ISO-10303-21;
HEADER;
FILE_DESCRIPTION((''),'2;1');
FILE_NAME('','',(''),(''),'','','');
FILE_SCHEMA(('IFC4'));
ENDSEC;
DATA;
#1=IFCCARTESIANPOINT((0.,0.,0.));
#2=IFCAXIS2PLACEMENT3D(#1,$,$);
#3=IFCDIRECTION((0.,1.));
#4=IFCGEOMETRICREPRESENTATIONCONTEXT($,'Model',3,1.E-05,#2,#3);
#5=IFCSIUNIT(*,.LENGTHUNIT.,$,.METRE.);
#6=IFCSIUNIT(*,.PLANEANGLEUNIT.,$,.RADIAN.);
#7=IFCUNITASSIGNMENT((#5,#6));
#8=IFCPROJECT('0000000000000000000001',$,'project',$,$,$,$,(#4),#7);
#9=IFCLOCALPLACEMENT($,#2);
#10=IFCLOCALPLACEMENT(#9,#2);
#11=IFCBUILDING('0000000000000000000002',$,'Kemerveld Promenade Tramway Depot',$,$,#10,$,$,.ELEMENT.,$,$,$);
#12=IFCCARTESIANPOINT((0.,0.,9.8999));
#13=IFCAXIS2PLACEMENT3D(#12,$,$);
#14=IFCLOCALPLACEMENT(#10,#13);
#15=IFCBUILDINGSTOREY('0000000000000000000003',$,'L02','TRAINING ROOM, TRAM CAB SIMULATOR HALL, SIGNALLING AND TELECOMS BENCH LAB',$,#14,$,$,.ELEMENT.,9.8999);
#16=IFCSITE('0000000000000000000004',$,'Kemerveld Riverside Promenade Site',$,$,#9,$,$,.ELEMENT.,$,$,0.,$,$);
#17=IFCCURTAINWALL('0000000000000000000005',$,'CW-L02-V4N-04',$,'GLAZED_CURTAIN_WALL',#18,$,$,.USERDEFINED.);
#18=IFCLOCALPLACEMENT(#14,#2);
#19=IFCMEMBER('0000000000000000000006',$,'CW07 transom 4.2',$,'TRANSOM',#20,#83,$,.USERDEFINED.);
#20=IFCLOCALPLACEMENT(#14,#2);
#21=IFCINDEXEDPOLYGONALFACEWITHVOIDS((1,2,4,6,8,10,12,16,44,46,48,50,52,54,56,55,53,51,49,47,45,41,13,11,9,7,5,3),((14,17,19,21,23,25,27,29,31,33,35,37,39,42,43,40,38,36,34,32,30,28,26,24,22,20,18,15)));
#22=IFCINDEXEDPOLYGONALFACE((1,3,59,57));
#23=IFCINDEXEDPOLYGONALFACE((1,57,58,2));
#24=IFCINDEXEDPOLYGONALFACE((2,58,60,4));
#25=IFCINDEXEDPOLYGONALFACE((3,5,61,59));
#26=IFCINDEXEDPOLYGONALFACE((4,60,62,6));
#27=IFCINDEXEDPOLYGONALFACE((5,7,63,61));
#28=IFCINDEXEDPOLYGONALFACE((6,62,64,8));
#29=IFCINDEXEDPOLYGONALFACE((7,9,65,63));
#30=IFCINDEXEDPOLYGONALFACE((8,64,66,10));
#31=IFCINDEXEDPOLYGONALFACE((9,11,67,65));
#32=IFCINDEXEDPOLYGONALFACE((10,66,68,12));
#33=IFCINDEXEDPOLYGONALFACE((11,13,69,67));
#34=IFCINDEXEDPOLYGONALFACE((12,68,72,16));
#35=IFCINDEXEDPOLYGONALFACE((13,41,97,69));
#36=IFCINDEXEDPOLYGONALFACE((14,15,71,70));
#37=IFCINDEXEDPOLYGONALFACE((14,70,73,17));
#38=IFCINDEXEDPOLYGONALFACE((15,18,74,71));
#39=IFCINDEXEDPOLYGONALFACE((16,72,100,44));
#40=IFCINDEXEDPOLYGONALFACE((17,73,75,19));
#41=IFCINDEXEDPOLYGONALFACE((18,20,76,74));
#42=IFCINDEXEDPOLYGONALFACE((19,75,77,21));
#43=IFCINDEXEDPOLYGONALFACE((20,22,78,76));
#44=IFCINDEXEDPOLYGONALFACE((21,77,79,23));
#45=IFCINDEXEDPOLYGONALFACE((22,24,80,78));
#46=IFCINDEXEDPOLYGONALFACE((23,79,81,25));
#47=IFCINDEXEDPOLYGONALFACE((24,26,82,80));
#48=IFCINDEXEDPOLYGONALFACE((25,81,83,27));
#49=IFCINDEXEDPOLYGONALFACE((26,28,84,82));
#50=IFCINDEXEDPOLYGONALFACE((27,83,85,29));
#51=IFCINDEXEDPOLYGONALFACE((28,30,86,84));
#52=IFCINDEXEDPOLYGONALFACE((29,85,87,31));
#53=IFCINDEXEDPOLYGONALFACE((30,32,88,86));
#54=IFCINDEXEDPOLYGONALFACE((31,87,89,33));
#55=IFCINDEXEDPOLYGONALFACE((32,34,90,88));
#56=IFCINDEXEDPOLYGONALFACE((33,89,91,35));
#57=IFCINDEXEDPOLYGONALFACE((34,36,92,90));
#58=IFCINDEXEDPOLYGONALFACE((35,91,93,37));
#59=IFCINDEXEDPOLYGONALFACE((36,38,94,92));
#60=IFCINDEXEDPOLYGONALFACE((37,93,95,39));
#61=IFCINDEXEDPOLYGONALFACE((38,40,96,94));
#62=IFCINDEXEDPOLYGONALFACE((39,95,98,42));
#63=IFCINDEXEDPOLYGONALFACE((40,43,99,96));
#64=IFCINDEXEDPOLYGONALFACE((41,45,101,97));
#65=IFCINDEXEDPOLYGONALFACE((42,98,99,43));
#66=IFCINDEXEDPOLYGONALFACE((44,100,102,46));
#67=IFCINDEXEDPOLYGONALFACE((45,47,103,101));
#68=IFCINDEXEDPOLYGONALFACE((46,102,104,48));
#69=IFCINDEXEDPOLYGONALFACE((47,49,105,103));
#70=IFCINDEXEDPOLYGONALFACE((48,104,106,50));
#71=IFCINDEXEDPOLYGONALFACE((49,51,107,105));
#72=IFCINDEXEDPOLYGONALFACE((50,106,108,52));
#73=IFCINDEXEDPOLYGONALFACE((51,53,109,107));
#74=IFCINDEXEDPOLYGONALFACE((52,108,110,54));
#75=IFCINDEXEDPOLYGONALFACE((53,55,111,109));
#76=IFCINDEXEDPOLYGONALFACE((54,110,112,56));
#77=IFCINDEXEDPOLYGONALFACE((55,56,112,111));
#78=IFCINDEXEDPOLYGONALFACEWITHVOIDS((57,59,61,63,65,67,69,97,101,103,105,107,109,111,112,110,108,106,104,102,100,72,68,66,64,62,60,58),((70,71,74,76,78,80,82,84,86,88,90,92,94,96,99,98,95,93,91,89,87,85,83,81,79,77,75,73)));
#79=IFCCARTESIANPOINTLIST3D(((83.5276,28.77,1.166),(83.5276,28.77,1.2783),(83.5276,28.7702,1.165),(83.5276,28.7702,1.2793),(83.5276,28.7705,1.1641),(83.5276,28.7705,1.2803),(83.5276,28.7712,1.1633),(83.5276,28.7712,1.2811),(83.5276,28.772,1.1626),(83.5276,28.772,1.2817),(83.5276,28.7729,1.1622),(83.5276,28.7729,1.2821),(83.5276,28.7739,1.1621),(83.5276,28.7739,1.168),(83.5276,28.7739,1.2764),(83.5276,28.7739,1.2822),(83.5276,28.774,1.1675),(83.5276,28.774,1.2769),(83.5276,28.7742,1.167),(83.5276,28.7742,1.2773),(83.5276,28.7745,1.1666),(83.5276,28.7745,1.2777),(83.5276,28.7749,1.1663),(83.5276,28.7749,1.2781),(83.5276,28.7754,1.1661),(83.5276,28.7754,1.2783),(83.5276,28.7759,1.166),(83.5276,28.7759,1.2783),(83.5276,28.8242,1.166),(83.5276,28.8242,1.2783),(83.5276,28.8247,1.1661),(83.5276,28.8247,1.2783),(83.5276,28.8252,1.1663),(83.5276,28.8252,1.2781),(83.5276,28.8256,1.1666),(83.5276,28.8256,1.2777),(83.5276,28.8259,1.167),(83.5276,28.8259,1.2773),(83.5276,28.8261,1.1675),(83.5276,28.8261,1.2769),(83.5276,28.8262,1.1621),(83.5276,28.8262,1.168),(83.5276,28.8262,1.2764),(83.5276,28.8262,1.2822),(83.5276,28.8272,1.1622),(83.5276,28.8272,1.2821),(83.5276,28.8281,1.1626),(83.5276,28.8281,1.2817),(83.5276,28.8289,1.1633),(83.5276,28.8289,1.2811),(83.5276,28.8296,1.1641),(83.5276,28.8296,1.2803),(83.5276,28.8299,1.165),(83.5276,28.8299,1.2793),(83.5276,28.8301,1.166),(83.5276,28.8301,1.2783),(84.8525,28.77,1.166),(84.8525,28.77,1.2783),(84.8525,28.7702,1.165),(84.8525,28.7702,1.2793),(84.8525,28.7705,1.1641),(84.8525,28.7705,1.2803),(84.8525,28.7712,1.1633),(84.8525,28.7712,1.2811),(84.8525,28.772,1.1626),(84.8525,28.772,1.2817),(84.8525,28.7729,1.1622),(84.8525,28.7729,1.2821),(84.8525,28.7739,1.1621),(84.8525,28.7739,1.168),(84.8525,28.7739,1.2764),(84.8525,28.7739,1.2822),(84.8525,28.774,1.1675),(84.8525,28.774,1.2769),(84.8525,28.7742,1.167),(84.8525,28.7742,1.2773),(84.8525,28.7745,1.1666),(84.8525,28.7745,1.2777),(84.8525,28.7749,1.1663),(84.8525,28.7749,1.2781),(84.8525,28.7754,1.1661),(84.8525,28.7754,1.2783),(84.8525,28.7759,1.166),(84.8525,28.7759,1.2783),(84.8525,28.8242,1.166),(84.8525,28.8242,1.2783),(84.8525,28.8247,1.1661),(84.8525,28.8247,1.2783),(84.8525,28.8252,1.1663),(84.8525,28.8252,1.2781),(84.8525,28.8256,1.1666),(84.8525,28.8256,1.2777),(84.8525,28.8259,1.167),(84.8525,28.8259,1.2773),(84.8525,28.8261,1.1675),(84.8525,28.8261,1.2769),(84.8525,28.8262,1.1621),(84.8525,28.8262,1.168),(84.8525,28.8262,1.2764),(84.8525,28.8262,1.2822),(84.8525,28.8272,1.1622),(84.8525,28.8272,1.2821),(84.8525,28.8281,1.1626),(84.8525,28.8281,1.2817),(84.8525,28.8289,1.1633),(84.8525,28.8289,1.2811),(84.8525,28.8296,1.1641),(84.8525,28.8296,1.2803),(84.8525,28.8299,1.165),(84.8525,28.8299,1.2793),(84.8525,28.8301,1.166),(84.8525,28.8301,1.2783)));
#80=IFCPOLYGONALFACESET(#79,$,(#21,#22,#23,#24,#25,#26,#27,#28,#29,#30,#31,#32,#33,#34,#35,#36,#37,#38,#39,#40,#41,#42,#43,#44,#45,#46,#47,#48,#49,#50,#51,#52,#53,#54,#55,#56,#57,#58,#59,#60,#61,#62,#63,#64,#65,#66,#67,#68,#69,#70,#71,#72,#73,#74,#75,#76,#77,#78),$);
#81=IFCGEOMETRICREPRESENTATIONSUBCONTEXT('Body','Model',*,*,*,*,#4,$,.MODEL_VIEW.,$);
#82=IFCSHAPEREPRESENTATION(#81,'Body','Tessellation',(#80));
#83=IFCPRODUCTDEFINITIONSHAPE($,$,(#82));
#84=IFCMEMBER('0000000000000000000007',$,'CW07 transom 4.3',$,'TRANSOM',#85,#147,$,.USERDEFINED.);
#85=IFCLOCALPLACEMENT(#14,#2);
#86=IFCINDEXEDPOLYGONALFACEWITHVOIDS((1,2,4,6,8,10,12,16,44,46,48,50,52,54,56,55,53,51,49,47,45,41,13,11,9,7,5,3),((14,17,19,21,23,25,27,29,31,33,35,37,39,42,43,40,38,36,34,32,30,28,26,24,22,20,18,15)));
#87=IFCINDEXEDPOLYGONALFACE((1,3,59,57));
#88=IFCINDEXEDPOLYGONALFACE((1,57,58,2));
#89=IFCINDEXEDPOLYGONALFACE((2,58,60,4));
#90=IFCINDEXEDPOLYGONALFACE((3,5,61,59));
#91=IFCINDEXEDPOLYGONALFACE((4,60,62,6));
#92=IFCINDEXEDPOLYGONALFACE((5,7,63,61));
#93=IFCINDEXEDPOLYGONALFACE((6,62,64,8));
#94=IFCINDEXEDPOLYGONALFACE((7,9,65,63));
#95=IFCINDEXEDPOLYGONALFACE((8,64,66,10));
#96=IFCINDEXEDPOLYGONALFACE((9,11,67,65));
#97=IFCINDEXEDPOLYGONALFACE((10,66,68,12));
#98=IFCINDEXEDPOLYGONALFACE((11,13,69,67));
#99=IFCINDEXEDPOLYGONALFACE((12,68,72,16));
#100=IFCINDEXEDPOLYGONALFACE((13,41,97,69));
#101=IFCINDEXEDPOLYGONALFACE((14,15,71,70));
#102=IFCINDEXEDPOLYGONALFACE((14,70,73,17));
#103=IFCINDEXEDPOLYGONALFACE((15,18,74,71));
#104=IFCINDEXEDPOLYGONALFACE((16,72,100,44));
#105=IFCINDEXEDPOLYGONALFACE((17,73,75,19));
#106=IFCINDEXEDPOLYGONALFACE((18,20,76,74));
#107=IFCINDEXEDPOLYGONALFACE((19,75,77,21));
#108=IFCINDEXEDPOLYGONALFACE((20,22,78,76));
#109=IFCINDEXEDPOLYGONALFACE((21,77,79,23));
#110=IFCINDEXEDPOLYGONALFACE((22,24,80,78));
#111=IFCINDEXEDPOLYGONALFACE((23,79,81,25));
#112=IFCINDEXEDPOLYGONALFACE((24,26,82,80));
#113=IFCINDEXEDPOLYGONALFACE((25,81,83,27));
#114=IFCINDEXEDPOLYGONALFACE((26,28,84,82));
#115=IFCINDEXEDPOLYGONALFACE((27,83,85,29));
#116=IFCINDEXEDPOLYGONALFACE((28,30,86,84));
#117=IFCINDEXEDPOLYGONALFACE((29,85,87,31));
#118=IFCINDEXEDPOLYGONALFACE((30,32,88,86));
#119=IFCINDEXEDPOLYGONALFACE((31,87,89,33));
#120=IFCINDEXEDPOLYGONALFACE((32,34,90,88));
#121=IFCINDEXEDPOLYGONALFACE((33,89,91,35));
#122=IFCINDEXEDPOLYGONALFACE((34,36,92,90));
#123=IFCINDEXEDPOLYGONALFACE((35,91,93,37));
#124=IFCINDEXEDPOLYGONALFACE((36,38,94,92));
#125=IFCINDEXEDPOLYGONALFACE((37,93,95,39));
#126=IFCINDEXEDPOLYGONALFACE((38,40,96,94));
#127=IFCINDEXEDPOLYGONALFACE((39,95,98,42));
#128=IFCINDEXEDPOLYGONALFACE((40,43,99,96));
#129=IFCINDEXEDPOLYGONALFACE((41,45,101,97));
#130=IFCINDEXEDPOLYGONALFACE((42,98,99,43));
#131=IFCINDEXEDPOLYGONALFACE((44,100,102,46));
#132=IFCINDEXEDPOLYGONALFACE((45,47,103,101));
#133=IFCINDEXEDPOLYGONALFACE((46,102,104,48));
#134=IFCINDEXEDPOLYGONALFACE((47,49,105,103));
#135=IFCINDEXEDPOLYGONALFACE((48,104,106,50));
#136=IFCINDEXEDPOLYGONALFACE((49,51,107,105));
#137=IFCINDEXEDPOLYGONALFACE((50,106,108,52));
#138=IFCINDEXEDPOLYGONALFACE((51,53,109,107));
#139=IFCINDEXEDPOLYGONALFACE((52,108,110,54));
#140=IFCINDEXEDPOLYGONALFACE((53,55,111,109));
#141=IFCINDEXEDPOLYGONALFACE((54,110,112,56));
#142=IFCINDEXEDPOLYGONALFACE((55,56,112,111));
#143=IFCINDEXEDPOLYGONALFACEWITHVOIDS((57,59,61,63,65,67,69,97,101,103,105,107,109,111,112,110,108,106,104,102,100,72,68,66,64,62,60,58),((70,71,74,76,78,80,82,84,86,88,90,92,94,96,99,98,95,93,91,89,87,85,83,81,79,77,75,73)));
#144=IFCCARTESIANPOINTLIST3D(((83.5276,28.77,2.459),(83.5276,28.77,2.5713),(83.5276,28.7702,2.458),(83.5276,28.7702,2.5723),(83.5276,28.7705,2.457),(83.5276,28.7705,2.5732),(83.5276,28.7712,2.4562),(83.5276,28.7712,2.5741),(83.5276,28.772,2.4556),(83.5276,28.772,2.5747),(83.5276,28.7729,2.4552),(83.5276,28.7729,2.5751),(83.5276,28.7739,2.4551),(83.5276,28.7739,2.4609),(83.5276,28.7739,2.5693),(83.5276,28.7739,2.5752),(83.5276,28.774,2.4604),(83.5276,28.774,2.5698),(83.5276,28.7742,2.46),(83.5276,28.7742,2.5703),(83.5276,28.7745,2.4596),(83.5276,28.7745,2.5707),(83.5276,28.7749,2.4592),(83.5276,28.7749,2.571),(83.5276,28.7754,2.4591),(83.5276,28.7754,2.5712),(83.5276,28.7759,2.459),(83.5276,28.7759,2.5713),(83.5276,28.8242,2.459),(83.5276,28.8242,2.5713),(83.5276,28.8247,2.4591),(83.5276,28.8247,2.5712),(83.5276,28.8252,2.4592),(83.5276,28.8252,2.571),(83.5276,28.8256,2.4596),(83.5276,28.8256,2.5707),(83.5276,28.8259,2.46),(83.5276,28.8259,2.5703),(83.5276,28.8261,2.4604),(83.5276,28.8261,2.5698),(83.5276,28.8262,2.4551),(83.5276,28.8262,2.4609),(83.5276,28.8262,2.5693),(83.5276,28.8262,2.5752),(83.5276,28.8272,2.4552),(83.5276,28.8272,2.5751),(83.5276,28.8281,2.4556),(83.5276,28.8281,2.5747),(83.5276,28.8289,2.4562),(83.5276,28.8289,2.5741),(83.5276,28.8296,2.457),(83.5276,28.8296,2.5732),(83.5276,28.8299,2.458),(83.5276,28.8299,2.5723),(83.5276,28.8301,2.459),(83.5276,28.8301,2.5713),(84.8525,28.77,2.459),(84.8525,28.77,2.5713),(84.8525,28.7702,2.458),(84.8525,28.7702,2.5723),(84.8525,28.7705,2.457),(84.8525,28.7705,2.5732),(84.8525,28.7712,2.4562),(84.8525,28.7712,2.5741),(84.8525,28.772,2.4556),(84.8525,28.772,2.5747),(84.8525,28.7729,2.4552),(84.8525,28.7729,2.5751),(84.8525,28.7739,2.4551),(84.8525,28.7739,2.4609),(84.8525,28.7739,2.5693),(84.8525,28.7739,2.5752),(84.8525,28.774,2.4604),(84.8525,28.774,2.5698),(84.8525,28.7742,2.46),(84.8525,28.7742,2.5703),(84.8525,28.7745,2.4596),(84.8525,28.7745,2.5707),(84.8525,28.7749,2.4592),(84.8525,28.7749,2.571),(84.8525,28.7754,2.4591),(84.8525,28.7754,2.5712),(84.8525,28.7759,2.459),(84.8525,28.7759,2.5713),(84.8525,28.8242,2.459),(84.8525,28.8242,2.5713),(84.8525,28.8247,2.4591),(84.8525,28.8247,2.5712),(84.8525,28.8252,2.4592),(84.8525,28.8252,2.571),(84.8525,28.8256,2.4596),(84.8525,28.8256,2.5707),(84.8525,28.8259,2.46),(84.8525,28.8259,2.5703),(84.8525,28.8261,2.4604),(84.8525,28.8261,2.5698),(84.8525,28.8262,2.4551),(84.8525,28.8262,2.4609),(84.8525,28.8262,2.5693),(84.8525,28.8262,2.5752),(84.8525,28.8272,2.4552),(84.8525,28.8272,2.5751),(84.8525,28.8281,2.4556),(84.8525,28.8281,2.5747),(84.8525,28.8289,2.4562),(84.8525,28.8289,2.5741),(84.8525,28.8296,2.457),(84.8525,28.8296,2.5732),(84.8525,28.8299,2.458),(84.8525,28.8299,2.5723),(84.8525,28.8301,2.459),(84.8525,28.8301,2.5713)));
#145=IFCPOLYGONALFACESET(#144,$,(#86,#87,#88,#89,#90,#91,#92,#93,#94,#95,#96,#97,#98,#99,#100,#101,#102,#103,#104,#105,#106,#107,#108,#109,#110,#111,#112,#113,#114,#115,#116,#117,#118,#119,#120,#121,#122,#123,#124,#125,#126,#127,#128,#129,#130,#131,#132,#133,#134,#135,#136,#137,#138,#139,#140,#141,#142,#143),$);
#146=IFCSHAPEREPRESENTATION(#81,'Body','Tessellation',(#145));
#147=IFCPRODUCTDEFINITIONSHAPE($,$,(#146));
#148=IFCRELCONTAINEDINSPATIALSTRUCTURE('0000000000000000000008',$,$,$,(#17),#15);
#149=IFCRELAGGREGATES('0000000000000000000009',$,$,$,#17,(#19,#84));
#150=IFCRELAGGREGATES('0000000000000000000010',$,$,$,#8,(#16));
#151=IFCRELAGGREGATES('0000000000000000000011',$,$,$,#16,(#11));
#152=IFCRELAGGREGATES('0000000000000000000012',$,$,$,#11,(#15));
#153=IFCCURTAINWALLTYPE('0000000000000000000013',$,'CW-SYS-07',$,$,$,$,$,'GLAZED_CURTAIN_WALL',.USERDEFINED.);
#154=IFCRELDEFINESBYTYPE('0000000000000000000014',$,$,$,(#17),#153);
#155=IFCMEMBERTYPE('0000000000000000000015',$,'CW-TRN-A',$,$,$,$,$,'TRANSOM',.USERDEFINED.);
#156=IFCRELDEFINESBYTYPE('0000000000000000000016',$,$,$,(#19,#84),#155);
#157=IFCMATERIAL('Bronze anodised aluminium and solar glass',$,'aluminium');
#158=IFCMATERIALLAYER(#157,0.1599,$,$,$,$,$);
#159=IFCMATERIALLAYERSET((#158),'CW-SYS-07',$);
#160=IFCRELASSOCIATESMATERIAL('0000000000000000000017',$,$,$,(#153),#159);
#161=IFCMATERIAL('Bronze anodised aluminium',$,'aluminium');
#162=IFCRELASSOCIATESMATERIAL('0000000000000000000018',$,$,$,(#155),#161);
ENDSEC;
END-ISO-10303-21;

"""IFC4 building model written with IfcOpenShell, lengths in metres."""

from ifc_helpers import new_model, si_unit, direction, frame, origin, origin_2d, place, context, subcontext, project, spatial, hollow_rectangle, extrude, material, layer, layer_set, material_profile, profile_set, type_object, element, aggregate, save


model = new_model("IFC4")

# Units and contexts
model_context = context("Model", 3, precision=1e-05, world=origin(), true_north=direction((0.0, 1.0)))
body_context = subcontext(model_context, "Body", "Model", "MODEL_VIEW")
ifc_project = project(units=[si_unit("LENGTHUNIT", "METRE"), si_unit("PLANEANGLEUNIT", "RADIAN")], contexts=[model_context])

# Site, building, storey
site_placement = place(None, origin())
site = spatial("IfcSite", under=ifc_project, at=site_placement, Name="Kemerveld Riverside Promenade Site", CompositionType="ELEMENT", RefElevation=0.0)
building_placement = place(site_placement, origin())
building = spatial("IfcBuilding", under=site, at=building_placement, Name="Kemerveld Promenade Tramway Depot", CompositionType="ELEMENT")
storey_placement = place(building_placement, frame((0.0, 0.0, 9.8999)))
storey = spatial("IfcBuildingStorey", under=building, at=storey_placement, Name="L02", Description="TRAINING ROOM, TRAM CAB SIMULATOR HALL, SIGNALLING AND TELECOMS BENCH LAB", CompositionType="ELEMENT", Elevation=9.8999)

# Curtain wall, members
ifc_material_1 = material(Name="Bronze anodised aluminium and solar glass", Category="aluminium")
ifc_layer_1 = layer(ifc_material_1, 0.1599)
ifc_layer_set_1 = layer_set([ifc_layer_1], Name="CW-SYS-07")
curtain_wall_type = type_object("IfcCurtainWallType", Name="CW-SYS-07", ElementType="GLAZED_CURTAIN_WALL", PredefinedType="USERDEFINED", material=ifc_layer_set_1)
curtain_wall_placement = place(storey_placement, origin())
curtain_wall = element("IfcCurtainWall", 1, at=curtain_wall_placement, inside=storey, type_object=curtain_wall_type, Name="CW-L02-V4N-04", ObjectType="GLAZED_CURTAIN_WALL", PredefinedType="USERDEFINED")
ifc_material_2 = material(Name="Bronze anodised aluminium", Category="aluminium")
ifc_material_profile_1 = material_profile(ifc_material_2, hollow_rectangle(XDim=0.0601, YDim=0.1201, WallThickness=0.0039, InnerFilletRadius=0.002, OuterFilletRadius=0.0039, at=origin_2d()), Name="CW-TRN-120x60")
ifc_profile_set_1 = profile_set([ifc_material_profile_1], Name="Bronze anodised aluminium")
member_type_1 = type_object("IfcMemberType", Name="CW-TRN-A", ElementType="TRANSOM", PredefinedType="USERDEFINED", material=ifc_profile_set_1)
member_1_placement = place(storey_placement, frame((83.5276, 28.8, 1.2222), z_axis=(1.0, 0.0, 0.0), x_axis=(0.0, 1.0, 0.0)))
member_1 = element("IfcMember", 2, at=member_1_placement, type_object=member_type_1, Name="CW07 transom 4.2", ObjectType="TRANSOM", PredefinedType="USERDEFINED", context=body_context, shape_type="SweptSolid", body=[
    extrude(hollow_rectangle(XDim=0.0601, YDim=0.1201, WallThickness=0.0039, InnerFilletRadius=0.002, OuterFilletRadius=0.0039, at=origin_2d()), origin(), (0.0, 0.0, 1.0), 1.325),
])
member_2_placement = place(storey_placement, frame((83.5276, 28.8, 2.5151), z_axis=(1.0, 0.0, 0.0), x_axis=(0.0, 1.0, 0.0)))
member_2 = element("IfcMember", 3, at=member_2_placement, type_object=member_type_1, Name="CW07 transom 4.3", ObjectType="TRANSOM", PredefinedType="USERDEFINED", context=body_context, shape_type="SweptSolid", body=[
    extrude(hollow_rectangle(XDim=0.0601, YDim=0.1201, WallThickness=0.0039, InnerFilletRadius=0.002, OuterFilletRadius=0.0039, at=origin_2d()), origin(), (0.0, 0.0, 1.0), 1.325),
])

aggregate(curtain_wall, [member_1, member_2])

save(model, "model.ifc")
